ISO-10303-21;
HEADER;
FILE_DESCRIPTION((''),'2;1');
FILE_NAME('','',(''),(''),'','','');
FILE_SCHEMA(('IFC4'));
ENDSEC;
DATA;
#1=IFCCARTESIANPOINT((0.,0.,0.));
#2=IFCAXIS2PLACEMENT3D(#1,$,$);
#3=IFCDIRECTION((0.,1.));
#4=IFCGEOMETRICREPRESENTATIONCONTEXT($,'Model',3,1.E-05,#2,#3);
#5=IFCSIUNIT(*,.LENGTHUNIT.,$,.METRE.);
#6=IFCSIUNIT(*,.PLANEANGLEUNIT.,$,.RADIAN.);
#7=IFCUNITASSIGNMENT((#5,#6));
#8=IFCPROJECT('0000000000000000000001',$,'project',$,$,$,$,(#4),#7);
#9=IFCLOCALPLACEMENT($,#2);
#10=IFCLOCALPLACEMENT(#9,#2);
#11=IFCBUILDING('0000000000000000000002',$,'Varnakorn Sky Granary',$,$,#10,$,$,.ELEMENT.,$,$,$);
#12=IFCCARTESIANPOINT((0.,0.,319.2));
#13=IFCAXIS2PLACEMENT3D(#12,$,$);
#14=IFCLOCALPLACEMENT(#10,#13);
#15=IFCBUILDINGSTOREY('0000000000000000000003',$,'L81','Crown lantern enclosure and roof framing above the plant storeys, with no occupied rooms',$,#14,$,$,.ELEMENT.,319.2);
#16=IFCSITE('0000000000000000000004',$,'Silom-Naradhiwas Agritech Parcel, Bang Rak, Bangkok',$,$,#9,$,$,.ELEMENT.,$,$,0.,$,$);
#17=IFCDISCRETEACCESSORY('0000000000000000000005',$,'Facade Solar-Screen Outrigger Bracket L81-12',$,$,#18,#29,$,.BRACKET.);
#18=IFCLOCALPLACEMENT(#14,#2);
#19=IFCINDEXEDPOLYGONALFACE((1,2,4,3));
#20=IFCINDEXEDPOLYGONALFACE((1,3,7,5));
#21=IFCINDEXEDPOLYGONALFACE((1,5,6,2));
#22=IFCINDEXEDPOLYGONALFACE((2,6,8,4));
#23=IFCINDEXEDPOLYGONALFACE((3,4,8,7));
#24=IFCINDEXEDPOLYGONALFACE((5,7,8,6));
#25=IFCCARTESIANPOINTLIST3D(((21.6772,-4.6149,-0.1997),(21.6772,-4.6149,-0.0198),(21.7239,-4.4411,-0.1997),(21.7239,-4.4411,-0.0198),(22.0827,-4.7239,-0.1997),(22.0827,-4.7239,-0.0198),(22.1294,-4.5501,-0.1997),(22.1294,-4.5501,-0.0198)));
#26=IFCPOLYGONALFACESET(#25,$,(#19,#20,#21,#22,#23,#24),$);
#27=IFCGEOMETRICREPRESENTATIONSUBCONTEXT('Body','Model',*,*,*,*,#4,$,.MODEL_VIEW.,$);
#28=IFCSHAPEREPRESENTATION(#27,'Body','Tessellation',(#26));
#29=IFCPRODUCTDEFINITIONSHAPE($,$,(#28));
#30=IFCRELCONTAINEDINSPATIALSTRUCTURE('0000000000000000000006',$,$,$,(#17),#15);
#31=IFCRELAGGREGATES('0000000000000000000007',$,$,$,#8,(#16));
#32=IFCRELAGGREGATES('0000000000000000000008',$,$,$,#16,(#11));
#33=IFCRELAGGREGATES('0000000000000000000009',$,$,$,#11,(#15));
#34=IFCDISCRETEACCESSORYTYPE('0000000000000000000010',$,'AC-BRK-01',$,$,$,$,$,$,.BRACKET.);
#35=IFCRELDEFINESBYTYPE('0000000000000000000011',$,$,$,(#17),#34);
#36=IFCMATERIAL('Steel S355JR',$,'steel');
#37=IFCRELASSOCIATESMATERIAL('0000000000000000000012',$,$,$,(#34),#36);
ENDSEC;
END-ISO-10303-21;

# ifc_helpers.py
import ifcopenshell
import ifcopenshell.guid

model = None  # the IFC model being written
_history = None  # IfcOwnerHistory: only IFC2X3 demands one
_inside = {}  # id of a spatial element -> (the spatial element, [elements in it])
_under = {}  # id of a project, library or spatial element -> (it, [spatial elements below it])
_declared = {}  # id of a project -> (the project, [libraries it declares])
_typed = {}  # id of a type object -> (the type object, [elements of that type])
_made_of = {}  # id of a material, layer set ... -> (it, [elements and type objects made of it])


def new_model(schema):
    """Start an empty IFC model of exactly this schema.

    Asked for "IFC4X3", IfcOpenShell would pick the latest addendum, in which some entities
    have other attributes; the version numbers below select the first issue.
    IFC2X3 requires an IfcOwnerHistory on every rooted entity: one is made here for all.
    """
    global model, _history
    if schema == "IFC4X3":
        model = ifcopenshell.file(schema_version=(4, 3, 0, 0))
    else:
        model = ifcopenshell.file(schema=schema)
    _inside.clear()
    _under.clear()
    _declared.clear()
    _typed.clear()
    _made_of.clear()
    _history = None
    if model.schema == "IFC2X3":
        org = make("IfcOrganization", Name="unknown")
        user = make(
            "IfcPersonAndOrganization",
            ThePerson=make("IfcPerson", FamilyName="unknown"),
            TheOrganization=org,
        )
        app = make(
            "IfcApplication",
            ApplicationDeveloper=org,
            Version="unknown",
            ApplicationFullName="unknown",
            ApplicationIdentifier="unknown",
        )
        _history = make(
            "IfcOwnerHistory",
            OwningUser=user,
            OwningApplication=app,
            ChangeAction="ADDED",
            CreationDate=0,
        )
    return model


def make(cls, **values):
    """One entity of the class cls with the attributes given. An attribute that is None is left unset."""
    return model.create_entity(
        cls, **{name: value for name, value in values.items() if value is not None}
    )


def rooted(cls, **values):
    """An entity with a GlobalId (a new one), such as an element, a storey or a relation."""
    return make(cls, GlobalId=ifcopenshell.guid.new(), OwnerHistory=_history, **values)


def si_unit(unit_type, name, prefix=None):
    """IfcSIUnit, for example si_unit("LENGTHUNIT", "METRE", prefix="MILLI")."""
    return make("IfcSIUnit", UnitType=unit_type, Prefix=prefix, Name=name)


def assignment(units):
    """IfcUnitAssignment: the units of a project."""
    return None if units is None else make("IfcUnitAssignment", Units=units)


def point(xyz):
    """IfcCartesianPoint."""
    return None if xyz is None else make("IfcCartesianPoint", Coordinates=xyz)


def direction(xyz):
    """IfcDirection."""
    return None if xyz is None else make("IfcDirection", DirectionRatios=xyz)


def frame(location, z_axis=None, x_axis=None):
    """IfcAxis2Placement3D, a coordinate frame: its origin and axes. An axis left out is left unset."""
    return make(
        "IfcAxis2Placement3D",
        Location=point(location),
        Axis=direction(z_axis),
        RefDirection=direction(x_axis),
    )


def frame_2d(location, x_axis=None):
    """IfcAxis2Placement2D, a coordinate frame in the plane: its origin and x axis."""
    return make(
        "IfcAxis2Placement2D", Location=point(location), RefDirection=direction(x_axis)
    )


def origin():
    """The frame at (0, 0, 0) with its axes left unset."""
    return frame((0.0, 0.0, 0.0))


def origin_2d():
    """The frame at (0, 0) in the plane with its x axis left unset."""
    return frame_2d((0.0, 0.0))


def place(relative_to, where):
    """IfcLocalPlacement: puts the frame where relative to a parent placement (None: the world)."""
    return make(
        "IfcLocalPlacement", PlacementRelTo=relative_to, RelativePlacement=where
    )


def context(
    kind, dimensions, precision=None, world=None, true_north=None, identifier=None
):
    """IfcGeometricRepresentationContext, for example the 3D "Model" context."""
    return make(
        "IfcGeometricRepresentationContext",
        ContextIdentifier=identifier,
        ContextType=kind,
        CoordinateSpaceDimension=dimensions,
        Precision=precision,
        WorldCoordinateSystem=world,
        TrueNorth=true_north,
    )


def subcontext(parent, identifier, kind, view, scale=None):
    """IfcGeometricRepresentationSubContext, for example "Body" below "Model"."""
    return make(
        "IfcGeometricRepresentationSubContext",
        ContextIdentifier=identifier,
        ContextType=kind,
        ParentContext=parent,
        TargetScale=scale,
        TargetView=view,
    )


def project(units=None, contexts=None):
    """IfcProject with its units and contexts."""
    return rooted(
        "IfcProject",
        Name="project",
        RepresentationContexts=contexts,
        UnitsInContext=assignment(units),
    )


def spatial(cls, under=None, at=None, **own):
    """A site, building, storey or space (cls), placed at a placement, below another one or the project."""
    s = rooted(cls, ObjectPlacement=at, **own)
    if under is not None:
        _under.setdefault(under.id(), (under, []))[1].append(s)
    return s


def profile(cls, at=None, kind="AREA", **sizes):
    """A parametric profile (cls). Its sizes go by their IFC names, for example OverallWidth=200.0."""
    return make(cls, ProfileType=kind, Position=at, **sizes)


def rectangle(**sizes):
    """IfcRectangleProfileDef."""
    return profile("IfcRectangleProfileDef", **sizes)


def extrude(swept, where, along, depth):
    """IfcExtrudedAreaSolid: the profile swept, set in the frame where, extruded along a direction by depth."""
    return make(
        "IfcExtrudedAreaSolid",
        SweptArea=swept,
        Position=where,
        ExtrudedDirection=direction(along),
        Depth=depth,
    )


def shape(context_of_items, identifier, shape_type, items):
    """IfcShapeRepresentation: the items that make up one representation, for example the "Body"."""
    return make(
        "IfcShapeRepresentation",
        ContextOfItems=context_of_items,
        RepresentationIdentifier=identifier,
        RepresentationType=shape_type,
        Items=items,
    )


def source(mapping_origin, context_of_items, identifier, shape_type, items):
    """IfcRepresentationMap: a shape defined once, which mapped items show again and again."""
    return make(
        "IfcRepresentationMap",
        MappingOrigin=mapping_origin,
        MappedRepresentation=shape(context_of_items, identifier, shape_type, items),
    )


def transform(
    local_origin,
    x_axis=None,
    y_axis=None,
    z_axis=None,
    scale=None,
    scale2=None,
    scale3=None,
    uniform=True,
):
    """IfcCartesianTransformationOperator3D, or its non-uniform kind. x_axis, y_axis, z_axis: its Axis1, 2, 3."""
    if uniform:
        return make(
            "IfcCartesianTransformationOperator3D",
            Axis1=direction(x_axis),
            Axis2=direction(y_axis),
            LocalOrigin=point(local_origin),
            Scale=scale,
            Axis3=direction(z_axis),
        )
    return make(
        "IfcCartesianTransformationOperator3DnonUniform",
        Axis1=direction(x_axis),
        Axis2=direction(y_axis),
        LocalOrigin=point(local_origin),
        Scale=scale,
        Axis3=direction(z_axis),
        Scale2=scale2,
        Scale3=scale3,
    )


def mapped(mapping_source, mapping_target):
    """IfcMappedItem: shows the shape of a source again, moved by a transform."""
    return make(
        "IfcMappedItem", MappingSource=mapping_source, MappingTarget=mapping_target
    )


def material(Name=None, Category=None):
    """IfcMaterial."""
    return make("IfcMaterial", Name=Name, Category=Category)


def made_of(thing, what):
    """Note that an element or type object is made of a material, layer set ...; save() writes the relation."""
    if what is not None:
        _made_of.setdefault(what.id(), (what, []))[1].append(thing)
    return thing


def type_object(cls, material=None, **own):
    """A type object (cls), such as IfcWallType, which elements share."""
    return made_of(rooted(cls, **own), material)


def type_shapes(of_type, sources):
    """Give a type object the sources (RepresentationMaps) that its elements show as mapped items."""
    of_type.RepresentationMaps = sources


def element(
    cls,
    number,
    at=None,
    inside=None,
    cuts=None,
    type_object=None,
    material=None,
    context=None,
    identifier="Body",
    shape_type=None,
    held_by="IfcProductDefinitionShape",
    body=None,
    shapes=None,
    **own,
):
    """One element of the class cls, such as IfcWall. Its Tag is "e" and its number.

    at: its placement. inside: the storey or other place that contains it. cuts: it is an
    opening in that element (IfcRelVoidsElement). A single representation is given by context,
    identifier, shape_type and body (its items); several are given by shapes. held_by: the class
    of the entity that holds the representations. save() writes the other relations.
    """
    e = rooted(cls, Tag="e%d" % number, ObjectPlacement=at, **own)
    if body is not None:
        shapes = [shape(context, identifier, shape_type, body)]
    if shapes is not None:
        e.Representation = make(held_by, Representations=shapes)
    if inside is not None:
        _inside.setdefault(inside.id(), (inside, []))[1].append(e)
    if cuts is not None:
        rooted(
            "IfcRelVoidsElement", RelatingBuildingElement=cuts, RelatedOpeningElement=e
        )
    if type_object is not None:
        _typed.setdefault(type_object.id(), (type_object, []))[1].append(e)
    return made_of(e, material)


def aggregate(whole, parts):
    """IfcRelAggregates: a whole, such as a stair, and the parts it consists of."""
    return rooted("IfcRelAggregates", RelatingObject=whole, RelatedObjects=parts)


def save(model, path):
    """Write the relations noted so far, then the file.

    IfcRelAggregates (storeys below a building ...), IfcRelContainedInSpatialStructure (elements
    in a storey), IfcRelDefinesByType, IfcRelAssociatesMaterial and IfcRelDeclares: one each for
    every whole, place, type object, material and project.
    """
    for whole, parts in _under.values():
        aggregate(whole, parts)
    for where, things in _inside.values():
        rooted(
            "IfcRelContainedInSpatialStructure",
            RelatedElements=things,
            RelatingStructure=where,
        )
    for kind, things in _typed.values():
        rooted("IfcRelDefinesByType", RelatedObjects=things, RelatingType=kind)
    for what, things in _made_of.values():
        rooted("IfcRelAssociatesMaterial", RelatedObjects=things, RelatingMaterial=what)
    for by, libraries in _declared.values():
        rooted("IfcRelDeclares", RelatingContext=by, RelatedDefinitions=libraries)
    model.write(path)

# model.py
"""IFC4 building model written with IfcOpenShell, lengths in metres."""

from ifc_helpers import new_model, si_unit, direction, frame, origin, origin_2d, place, context, subcontext, project, spatial, rectangle, extrude, source, transform, mapped, material, type_object, type_shapes, element, save


model = new_model("IFC4")

# Units and contexts
model_context = context("Model", 3, precision=1e-05, world=origin(), true_north=direction((0.0, 1.0)))
body_context = subcontext(model_context, "Body", "Model", "MODEL_VIEW")
ifc_project = project(units=[si_unit("LENGTHUNIT", "METRE"), si_unit("PLANEANGLEUNIT", "RADIAN")], contexts=[model_context])

# Site, building, storey
site_placement = place(None, origin())
site = spatial("IfcSite", under=ifc_project, at=site_placement, Name="Silom-Naradhiwas Agritech Parcel, Bang Rak, Bangkok", CompositionType="ELEMENT", RefElevation=0.0)
building_placement = place(site_placement, origin())
building = spatial("IfcBuilding", under=site, at=building_placement, Name="Varnakorn Sky Granary", CompositionType="ELEMENT")
storey_placement = place(building_placement, frame((0.0, 0.0, 319.2)))
storey = spatial("IfcBuildingStorey", under=building, at=storey_placement, Name="L81", Description="Crown lantern enclosure and roof framing above the plant storeys, with no occupied rooms", CompositionType="ELEMENT", Elevation=319.2)

# Shared definitions
ifc_material_1 = material(Name="Steel S355JR", Category="steel")

# Discrete accessory
discrete_accessory_type = type_object("IfcDiscreteAccessoryType", Name="AC-BRK-01", PredefinedType="BRACKET", material=ifc_material_1)
shared_shape_1 = source(origin(), body_context, "Body", "SweptSolid", [
    extrude(rectangle(XDim=0.1799, YDim=0.4199, at=origin_2d()), origin(), (0.0, 0.0, 1.0), 0.1799),
])
type_shapes(discrete_accessory_type, [shared_shape_1])
discrete_accessory_placement = place(storey_placement, frame((21.9033, -4.5825, -0.1997), z_axis=(0.0, 0.0, 1.0), x_axis=(0.259506, 0.965742, 0.0)))
element("IfcDiscreteAccessory", 1, at=discrete_accessory_placement, inside=storey, type_object=discrete_accessory_type, Name="Facade Solar-Screen Outrigger Bracket L81-12", PredefinedType="BRACKET", context=body_context, shape_type="MappedRepresentation", body=[
    mapped(shared_shape_1, transform((0.0, 0.0, 0.0), x_axis=(1.0, 0.0, 0.0), y_axis=(0.0, 1.0, 0.0), z_axis=(0.0, 0.0, 1.0), scale=1.0)),
])

save(model, "model.ifc")
